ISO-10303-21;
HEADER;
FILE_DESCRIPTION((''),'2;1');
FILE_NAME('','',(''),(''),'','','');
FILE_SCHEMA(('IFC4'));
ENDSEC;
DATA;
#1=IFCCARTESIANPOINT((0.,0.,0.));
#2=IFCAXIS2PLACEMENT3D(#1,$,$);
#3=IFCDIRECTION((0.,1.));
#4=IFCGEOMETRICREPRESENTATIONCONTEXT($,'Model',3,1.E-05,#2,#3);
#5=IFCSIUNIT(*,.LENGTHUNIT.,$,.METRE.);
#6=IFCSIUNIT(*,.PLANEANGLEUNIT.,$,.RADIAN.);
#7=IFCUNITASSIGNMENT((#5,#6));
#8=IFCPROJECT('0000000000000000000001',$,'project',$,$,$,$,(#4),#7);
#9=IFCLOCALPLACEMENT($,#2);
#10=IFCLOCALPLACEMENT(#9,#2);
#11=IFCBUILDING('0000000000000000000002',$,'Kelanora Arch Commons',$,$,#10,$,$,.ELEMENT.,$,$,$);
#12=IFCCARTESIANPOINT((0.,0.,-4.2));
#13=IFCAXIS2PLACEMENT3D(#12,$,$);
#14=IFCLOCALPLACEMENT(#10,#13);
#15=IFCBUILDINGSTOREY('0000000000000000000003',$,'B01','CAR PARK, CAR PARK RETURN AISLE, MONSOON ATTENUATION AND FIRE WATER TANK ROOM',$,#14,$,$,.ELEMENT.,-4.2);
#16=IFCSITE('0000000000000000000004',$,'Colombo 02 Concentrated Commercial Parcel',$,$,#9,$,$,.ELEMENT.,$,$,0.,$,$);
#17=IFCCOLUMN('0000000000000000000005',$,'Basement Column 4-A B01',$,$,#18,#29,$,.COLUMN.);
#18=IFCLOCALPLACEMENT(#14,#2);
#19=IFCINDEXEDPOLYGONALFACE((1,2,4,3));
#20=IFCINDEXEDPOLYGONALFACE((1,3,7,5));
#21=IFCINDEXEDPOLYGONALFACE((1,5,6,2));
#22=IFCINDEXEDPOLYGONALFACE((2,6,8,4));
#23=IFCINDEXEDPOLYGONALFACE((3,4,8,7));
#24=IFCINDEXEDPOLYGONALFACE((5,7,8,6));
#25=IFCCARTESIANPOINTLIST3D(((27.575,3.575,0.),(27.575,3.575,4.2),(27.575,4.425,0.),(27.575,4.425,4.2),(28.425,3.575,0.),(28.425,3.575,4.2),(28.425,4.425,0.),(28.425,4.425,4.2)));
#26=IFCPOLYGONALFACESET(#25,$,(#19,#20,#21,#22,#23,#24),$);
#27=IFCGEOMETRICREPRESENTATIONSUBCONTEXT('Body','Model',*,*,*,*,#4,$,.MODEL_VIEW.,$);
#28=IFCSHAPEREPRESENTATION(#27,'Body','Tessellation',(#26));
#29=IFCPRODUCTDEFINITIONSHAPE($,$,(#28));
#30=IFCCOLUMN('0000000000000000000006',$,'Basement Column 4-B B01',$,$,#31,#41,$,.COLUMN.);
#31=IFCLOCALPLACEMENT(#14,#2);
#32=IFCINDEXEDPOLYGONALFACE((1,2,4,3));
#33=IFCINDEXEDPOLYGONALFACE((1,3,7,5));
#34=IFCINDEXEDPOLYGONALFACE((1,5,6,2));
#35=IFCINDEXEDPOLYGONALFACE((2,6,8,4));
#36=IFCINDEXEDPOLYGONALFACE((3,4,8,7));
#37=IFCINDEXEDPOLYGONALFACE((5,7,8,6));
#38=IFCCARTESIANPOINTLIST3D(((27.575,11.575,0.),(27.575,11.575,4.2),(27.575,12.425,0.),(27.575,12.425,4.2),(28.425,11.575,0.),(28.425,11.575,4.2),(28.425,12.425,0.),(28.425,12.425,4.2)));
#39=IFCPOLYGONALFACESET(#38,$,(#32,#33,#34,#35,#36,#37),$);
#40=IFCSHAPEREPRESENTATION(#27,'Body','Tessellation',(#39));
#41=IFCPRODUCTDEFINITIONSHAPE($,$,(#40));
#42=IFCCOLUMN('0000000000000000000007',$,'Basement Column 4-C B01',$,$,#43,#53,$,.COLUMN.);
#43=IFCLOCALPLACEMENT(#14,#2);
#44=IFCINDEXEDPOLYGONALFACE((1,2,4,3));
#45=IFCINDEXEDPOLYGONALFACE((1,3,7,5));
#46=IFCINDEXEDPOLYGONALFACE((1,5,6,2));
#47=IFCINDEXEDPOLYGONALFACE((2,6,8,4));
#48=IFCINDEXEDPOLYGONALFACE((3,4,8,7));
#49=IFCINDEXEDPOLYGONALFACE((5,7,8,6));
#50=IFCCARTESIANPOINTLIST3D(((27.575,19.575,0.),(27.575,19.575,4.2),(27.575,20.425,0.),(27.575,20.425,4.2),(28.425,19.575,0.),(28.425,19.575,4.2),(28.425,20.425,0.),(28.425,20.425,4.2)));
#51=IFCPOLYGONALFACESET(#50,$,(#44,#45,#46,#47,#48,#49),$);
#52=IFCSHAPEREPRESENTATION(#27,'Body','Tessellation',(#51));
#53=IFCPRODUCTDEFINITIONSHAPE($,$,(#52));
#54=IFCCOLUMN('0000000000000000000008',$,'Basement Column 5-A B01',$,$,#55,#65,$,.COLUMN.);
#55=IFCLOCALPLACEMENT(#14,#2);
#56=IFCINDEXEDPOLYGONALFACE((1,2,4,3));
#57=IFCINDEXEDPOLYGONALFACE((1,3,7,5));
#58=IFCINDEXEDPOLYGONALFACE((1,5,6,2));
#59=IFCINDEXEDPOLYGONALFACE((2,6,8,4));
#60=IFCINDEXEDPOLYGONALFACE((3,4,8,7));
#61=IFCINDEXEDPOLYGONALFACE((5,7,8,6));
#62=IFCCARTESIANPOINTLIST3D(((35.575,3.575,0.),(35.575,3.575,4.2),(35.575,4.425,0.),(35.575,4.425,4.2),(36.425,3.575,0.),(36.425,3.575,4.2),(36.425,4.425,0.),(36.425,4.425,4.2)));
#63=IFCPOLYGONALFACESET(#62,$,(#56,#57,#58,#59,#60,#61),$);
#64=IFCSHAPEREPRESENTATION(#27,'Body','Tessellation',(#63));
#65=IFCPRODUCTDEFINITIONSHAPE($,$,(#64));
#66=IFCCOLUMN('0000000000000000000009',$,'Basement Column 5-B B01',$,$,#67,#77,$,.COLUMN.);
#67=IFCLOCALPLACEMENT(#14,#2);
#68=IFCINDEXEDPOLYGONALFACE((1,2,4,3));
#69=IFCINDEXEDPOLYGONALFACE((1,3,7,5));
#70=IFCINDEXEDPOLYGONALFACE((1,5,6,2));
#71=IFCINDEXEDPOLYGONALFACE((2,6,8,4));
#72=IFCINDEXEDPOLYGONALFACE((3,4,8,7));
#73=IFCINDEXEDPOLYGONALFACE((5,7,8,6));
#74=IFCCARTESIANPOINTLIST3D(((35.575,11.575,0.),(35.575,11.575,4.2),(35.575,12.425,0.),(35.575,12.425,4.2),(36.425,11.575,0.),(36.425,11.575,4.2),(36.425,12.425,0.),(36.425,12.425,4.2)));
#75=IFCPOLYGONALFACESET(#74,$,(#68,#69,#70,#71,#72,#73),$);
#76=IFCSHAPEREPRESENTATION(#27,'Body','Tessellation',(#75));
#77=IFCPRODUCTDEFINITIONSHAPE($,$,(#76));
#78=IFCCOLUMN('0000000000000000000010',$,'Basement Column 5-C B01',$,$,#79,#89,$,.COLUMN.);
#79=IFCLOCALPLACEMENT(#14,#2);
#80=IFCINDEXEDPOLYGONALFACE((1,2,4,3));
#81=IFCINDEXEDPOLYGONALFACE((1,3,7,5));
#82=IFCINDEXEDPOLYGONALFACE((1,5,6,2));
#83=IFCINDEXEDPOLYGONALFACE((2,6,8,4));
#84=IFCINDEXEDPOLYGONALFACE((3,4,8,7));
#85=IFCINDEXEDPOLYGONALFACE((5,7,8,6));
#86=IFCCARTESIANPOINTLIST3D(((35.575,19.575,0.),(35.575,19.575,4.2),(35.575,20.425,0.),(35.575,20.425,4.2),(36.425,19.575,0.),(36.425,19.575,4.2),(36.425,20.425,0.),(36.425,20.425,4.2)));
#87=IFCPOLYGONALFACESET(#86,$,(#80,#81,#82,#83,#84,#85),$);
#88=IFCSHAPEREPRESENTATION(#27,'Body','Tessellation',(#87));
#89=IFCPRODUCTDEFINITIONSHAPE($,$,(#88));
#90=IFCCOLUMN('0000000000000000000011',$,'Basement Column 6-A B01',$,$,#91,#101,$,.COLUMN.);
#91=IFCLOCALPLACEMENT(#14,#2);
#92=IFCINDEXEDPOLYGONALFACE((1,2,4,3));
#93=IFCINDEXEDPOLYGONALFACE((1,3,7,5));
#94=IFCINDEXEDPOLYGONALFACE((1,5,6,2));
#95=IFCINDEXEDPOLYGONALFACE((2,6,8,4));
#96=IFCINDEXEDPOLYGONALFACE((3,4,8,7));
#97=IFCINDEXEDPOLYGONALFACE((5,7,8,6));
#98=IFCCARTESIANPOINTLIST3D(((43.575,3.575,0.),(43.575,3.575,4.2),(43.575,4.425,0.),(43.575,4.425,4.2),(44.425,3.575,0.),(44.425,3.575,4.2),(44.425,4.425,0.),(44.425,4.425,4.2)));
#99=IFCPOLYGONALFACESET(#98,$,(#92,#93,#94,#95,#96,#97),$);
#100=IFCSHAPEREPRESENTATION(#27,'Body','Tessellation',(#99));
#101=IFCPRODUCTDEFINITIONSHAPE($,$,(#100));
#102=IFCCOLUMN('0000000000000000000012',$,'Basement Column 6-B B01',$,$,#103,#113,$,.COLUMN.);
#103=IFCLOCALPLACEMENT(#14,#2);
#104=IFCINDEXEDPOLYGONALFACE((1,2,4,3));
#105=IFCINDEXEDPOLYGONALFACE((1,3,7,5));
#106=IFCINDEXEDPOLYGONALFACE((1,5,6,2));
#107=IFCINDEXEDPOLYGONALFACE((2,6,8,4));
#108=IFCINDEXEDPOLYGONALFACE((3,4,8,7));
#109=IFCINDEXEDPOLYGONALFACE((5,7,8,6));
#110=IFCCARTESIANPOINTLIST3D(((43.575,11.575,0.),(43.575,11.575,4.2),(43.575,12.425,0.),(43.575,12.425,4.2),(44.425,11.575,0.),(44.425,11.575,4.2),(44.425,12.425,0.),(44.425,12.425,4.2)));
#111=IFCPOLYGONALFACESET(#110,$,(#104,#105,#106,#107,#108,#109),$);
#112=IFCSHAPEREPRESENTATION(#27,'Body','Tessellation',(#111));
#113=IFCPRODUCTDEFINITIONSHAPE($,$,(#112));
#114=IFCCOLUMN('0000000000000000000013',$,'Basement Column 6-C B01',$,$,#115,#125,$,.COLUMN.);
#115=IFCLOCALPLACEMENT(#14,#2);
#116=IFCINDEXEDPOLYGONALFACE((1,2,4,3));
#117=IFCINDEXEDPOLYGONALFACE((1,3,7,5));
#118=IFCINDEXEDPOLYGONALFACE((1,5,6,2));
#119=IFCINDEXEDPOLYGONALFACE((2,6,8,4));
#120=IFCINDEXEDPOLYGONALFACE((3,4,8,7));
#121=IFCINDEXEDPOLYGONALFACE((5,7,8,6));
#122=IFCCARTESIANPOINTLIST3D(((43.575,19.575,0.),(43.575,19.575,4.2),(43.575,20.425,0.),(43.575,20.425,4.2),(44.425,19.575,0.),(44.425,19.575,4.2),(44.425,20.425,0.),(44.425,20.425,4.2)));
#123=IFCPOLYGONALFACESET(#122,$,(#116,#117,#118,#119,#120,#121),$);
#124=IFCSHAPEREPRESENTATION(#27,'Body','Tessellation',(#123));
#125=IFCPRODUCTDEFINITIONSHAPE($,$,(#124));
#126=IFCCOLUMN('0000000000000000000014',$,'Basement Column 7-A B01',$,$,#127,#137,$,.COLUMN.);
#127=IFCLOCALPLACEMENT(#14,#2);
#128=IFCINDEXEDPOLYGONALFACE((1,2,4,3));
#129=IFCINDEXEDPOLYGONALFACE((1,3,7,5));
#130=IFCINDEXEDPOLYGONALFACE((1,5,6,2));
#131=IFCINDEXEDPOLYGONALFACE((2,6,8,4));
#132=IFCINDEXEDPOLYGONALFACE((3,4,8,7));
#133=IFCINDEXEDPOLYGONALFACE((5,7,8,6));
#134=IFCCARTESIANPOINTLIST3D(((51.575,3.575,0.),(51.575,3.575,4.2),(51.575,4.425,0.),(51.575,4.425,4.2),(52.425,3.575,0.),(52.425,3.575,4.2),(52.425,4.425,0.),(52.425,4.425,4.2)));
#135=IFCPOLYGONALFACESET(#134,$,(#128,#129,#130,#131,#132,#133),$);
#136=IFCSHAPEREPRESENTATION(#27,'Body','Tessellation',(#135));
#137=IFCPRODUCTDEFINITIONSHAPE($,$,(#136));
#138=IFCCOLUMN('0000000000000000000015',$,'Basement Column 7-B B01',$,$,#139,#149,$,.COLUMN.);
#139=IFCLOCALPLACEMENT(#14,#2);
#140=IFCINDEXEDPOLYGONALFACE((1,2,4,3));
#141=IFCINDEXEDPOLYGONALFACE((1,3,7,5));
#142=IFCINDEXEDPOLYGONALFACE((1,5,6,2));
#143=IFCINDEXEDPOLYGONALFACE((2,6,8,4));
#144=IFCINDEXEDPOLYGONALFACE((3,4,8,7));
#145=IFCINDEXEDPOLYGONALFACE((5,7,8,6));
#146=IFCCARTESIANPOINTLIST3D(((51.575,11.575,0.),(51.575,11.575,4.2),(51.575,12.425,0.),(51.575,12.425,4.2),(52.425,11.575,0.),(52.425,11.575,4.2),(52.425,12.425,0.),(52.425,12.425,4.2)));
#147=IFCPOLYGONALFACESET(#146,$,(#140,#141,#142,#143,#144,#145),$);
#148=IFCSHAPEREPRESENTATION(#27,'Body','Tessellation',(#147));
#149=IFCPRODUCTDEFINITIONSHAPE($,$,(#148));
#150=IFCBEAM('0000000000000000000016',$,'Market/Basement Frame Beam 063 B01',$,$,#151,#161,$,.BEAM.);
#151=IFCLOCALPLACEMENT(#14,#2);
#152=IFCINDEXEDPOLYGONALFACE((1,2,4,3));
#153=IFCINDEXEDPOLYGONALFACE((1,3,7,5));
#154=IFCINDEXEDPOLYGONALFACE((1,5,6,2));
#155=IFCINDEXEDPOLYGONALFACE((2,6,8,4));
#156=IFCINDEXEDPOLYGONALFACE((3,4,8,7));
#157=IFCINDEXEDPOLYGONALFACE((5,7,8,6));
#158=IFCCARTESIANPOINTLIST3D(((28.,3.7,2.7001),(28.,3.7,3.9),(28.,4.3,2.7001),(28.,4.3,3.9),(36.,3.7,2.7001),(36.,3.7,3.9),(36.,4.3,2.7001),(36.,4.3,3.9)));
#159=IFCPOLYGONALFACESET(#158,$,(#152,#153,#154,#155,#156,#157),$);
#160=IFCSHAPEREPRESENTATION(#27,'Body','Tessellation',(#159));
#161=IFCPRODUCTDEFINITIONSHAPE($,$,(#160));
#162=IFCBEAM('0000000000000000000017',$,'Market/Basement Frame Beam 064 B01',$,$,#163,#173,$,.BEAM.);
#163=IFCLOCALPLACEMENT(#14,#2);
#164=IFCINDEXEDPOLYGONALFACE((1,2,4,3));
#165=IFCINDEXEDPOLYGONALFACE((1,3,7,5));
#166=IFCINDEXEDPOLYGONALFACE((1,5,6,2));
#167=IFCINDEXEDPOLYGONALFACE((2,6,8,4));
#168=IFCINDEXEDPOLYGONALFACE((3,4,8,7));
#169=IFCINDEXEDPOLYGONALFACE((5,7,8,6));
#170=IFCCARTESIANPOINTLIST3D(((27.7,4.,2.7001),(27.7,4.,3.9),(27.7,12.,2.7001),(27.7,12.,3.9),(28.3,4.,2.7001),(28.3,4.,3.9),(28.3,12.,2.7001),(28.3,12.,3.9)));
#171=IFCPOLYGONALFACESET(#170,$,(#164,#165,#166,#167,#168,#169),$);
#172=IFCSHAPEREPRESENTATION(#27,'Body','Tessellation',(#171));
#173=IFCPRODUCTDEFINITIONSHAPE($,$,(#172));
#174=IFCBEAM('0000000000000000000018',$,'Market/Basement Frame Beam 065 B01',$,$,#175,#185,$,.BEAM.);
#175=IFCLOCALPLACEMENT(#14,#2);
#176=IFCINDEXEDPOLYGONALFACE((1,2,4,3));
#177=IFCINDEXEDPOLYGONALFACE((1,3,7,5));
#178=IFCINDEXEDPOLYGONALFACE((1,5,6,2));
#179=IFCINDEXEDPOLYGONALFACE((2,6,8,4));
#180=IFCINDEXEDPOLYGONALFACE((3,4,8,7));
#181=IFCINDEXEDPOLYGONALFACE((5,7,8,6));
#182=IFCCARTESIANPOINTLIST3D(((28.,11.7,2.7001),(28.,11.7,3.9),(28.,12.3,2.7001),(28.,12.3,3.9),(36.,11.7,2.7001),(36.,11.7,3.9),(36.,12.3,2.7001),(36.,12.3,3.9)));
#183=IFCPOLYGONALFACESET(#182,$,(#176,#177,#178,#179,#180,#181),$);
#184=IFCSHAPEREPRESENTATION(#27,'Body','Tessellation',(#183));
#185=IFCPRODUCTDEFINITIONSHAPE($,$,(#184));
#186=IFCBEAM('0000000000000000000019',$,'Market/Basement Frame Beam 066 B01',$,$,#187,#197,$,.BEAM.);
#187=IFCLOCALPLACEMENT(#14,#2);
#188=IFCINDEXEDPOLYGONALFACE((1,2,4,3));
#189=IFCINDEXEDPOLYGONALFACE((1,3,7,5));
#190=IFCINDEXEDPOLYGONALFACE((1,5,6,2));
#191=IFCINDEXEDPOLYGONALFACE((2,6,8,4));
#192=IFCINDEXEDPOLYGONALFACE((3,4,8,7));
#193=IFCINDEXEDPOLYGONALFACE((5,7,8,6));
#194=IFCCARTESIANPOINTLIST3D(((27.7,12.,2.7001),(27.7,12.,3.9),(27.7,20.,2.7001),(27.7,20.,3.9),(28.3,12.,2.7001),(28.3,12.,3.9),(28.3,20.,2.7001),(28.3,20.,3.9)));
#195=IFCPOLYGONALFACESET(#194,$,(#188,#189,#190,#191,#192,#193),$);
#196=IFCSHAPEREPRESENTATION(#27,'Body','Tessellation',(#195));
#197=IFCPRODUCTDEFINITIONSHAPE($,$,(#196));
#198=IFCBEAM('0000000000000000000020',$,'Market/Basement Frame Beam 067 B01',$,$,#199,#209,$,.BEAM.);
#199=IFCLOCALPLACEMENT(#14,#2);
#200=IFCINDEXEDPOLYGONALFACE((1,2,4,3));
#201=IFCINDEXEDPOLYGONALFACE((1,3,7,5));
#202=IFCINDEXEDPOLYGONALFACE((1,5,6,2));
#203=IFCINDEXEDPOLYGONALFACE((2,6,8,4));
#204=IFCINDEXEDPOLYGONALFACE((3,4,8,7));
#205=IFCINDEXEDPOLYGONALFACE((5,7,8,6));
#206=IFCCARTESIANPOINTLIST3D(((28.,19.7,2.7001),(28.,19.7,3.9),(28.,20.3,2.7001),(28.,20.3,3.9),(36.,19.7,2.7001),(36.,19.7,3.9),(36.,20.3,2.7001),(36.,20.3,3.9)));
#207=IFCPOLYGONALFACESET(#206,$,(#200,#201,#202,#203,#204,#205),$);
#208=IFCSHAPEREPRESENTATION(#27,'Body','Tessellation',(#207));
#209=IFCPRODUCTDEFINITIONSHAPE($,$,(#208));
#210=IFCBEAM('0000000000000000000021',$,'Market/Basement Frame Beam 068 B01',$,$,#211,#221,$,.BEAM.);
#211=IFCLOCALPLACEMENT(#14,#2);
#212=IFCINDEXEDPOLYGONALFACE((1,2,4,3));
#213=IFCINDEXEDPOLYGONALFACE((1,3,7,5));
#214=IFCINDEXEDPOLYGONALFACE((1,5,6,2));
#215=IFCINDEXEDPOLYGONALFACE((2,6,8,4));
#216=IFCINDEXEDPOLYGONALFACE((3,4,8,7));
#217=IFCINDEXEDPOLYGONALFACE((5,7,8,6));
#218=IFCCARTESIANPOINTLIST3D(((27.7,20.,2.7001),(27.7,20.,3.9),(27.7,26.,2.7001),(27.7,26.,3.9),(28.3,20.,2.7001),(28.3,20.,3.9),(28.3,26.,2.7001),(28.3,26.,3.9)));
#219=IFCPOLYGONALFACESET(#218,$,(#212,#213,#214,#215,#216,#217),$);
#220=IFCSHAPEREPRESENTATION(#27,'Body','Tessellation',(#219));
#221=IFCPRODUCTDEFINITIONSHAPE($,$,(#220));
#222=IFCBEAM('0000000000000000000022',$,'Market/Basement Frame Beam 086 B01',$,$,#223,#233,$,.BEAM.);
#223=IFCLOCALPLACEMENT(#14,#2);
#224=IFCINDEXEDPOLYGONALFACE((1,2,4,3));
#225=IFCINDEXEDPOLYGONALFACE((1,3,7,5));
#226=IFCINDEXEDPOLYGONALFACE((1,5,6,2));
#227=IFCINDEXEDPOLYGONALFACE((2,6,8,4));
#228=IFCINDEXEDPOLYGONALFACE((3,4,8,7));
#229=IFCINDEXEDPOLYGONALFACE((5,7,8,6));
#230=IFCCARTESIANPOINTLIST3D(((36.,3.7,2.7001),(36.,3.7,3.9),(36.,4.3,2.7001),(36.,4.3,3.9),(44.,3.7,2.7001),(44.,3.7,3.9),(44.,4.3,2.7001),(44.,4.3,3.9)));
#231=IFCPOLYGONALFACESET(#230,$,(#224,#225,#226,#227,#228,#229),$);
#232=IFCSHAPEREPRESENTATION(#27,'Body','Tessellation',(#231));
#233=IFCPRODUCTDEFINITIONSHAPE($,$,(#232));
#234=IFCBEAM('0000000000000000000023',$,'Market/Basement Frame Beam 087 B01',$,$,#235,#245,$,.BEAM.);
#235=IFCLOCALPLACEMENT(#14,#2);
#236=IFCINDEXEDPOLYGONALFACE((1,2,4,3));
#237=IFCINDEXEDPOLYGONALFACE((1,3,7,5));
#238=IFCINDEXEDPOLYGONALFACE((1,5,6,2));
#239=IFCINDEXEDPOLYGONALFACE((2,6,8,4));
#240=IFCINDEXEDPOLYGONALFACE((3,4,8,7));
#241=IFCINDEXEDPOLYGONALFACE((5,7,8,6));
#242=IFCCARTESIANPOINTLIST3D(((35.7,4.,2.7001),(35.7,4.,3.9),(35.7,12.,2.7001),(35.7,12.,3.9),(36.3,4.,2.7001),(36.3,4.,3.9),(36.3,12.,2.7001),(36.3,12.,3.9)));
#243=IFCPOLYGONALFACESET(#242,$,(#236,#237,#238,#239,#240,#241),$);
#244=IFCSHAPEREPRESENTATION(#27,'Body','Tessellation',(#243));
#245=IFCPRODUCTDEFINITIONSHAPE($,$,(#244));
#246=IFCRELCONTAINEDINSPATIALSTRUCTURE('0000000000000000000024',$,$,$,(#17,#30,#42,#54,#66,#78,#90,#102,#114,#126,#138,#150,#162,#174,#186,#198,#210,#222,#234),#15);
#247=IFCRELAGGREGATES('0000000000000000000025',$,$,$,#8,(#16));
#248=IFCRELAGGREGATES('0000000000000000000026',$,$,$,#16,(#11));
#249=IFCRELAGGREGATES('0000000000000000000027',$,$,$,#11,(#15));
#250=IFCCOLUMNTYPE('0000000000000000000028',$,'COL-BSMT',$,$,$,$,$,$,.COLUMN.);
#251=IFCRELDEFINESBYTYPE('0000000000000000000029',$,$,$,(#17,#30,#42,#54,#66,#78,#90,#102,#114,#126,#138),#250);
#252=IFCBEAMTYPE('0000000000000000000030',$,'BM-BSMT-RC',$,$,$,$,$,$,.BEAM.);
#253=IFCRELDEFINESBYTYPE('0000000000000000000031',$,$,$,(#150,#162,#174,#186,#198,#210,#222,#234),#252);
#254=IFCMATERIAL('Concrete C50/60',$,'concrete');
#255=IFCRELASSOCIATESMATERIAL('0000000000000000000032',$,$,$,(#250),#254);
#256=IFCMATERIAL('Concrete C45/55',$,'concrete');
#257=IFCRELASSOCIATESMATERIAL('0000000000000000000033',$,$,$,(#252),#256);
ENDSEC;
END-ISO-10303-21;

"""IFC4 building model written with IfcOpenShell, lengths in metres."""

from ifc_helpers import new_model, si_unit, direction, frame, origin, origin_2d, place, context, subcontext, project, spatial, rectangle, extrude, material, material_profile, profile_set, type_object, element, save


model = new_model("IFC4")

# Units and contexts
model_context = context("Model", 3, precision=1e-05, world=origin(), true_north=direction((0.0, 1.0)))
body_context = subcontext(model_context, "Body", "Model", "MODEL_VIEW")
ifc_project = project(units=[si_unit("LENGTHUNIT", "METRE"), si_unit("PLANEANGLEUNIT", "RADIAN")], contexts=[model_context])

# Site, building, storey
site_placement = place(None, origin())
site = spatial("IfcSite", under=ifc_project, at=site_placement, Name="Colombo 02 Concentrated Commercial Parcel", CompositionType="ELEMENT", RefElevation=0.0)
building_placement = place(site_placement, origin())
building = spatial("IfcBuilding", under=site, at=building_placement, Name="Kelanora Arch Commons", CompositionType="ELEMENT")
storey_placement = place(building_placement, frame((0.0, 0.0, -4.2)))
storey = spatial("IfcBuildingStorey", under=building, at=storey_placement, Name="B01", Description="CAR PARK, CAR PARK RETURN AISLE, MONSOON ATTENUATION AND FIRE WATER TANK ROOM", CompositionType="ELEMENT", Elevation=-4.2)

# Columns
ifc_material_1 = material(Name="Concrete C50/60", Category="concrete")
ifc_material_profile_1 = material_profile(ifc_material_1, rectangle(XDim=0.8501, YDim=0.8501, at=origin_2d()), Name="RC850x850")
ifc_profile_set_1 = profile_set([ifc_material_profile_1], Name="Concrete C50/60")
column_type = type_object("IfcColumnType", Name="COL-BSMT", PredefinedType="COLUMN", material=ifc_profile_set_1)
for number, where, z_axis, x_axis, name in (
    (1, (28.0, 4.0, 0.0), (0.0, 0.0, 1.0), (1.0, 0.0, 0.0), "Basement Column 4-A B01"),
    (2, (28.0, 12.0, 0.0), (0.0, 0.0, 1.0), (1.0, 0.0, 0.0), "Basement Column 4-B B01"),
    (3, (28.0, 20.0, 0.0), (0.0, 0.0, 1.0), (1.0, 0.0, 0.0), "Basement Column 4-C B01"),
    (4, (36.0, 4.0, 0.0), (0.0, 0.0, 1.0), (1.0, 0.0, 0.0), "Basement Column 5-A B01"),
    (5, (36.0, 12.0, 0.0), (0.0, 0.0, 1.0), (1.0, 0.0, 0.0), "Basement Column 5-B B01"),
    (6, (36.0, 20.0, 0.0), (0.0, 0.0, 1.0), (1.0, 0.0, 0.0), "Basement Column 5-C B01"),
    (7, (44.0, 4.0, 0.0), (0.0, 0.0, 1.0), (1.0, 0.0, 0.0), "Basement Column 6-A B01"),
    (8, (44.0, 12.0, 0.0), (0.0, 0.0, 1.0), (1.0, 0.0, 0.0), "Basement Column 6-B B01"),
    (9, (44.0, 20.0, 0.0), (0.0, 0.0, 1.0), (1.0, 0.0, 0.0), "Basement Column 6-C B01"),
    (10, (52.0, 4.0, 0.0), (0.0, 0.0, 1.0), (1.0, 0.0, 0.0), "Basement Column 7-A B01"),
    (11, (52.0, 12.0, 0.0), (0.0, 0.0, 1.0), (1.0, 0.0, 0.0), "Basement Column 7-B B01"),
):
    element("IfcColumn", number, at=place(storey_placement, frame(where, z_axis=z_axis, x_axis=x_axis)), inside=storey, type_object=column_type, Name=name, PredefinedType="COLUMN", context=body_context, shape_type="SweptSolid", body=[
        extrude(rectangle(XDim=0.8501, YDim=0.8501, at=origin_2d()), origin(), (0.0, 0.0, 1.0), 4.2),
    ])

# Beams
ifc_material_2 = material(Name="Concrete C45/55", Category="concrete")
ifc_material_profile_2 = material_profile(ifc_material_2, rectangle(XDim=0.6001, YDim=1.2, at=origin_2d()), Name="RCB600x1200")
ifc_profile_set_2 = profile_set([ifc_material_profile_2], Name="Concrete C45/55")
beam_type = type_object("IfcBeamType", Name="BM-BSMT-RC", PredefinedType="BEAM", material=ifc_profile_set_2)
for number, where, z_axis, x_axis, name in (
    (12, (28.0, 4.0, 3.3), (1.0, 0.0, 0.0), (0.0, 1.0, 0.0), "Market/Basement Frame Beam 063 B01"),
    (13, (28.0, 4.0, 3.3), (0.0, 1.0, 0.0), (-1.0, 0.0, 0.0), "Market/Basement Frame Beam 064 B01"),
    (14, (28.0, 12.0, 3.3), (1.0, 0.0, 0.0), (0.0, 1.0, 0.0), "Market/Basement Frame Beam 065 B01"),
    (15, (28.0, 12.0, 3.3), (0.0, 1.0, 0.0), (-1.0, 0.0, 0.0), "Market/Basement Frame Beam 066 B01"),
    (16, (28.0, 20.0, 3.3), (1.0, 0.0, 0.0), (0.0, 1.0, 0.0), "Market/Basement Frame Beam 067 B01"),
):
    element("IfcBeam", number, at=place(storey_placement, frame(where, z_axis=z_axis, x_axis=x_axis)), inside=storey, type_object=beam_type, Name=name, PredefinedType="BEAM", context=body_context, shape_type="SweptSolid", body=[
        extrude(rectangle(XDim=0.6001, YDim=1.2, at=origin_2d()), origin(), (0.0, 0.0, 1.0), 8.0),
    ])
beam_1_placement = place(storey_placement, frame((28.0, 20.0, 3.3), z_axis=(0.0, 1.0, 0.0), x_axis=(-1.0, 0.0, 0.0)))
element("IfcBeam", 17, at=beam_1_placement, inside=storey, type_object=beam_type, Name="Market/Basement Frame Beam 068 B01", PredefinedType="BEAM", context=body_context, shape_type="SweptSolid", body=[
    extrude(rectangle(XDim=0.6001, YDim=1.2, at=origin_2d()), origin(), (0.0, 0.0, 1.0), 6.0),
])
for number, where, z_axis, x_axis, name in (
    (18, (36.0, 4.0, 3.3), (1.0, 0.0, 0.0), (0.0, 1.0, 0.0), "Market/Basement Frame Beam 086 B01"),
    (19, (36.0, 4.0, 3.3), (0.0, 1.0, 0.0), (-1.0, 0.0, 0.0), "Market/Basement Frame Beam 087 B01"),
):
    element("IfcBeam", number, at=place(storey_placement, frame(where, z_axis=z_axis, x_axis=x_axis)), inside=storey, type_object=beam_type, Name=name, PredefinedType="BEAM", context=body_context, shape_type="SweptSolid", body=[
        extrude(rectangle(XDim=0.6001, YDim=1.2, at=origin_2d()), origin(), (0.0, 0.0, 1.0), 8.0),
    ])

save(model, "model.ifc")
